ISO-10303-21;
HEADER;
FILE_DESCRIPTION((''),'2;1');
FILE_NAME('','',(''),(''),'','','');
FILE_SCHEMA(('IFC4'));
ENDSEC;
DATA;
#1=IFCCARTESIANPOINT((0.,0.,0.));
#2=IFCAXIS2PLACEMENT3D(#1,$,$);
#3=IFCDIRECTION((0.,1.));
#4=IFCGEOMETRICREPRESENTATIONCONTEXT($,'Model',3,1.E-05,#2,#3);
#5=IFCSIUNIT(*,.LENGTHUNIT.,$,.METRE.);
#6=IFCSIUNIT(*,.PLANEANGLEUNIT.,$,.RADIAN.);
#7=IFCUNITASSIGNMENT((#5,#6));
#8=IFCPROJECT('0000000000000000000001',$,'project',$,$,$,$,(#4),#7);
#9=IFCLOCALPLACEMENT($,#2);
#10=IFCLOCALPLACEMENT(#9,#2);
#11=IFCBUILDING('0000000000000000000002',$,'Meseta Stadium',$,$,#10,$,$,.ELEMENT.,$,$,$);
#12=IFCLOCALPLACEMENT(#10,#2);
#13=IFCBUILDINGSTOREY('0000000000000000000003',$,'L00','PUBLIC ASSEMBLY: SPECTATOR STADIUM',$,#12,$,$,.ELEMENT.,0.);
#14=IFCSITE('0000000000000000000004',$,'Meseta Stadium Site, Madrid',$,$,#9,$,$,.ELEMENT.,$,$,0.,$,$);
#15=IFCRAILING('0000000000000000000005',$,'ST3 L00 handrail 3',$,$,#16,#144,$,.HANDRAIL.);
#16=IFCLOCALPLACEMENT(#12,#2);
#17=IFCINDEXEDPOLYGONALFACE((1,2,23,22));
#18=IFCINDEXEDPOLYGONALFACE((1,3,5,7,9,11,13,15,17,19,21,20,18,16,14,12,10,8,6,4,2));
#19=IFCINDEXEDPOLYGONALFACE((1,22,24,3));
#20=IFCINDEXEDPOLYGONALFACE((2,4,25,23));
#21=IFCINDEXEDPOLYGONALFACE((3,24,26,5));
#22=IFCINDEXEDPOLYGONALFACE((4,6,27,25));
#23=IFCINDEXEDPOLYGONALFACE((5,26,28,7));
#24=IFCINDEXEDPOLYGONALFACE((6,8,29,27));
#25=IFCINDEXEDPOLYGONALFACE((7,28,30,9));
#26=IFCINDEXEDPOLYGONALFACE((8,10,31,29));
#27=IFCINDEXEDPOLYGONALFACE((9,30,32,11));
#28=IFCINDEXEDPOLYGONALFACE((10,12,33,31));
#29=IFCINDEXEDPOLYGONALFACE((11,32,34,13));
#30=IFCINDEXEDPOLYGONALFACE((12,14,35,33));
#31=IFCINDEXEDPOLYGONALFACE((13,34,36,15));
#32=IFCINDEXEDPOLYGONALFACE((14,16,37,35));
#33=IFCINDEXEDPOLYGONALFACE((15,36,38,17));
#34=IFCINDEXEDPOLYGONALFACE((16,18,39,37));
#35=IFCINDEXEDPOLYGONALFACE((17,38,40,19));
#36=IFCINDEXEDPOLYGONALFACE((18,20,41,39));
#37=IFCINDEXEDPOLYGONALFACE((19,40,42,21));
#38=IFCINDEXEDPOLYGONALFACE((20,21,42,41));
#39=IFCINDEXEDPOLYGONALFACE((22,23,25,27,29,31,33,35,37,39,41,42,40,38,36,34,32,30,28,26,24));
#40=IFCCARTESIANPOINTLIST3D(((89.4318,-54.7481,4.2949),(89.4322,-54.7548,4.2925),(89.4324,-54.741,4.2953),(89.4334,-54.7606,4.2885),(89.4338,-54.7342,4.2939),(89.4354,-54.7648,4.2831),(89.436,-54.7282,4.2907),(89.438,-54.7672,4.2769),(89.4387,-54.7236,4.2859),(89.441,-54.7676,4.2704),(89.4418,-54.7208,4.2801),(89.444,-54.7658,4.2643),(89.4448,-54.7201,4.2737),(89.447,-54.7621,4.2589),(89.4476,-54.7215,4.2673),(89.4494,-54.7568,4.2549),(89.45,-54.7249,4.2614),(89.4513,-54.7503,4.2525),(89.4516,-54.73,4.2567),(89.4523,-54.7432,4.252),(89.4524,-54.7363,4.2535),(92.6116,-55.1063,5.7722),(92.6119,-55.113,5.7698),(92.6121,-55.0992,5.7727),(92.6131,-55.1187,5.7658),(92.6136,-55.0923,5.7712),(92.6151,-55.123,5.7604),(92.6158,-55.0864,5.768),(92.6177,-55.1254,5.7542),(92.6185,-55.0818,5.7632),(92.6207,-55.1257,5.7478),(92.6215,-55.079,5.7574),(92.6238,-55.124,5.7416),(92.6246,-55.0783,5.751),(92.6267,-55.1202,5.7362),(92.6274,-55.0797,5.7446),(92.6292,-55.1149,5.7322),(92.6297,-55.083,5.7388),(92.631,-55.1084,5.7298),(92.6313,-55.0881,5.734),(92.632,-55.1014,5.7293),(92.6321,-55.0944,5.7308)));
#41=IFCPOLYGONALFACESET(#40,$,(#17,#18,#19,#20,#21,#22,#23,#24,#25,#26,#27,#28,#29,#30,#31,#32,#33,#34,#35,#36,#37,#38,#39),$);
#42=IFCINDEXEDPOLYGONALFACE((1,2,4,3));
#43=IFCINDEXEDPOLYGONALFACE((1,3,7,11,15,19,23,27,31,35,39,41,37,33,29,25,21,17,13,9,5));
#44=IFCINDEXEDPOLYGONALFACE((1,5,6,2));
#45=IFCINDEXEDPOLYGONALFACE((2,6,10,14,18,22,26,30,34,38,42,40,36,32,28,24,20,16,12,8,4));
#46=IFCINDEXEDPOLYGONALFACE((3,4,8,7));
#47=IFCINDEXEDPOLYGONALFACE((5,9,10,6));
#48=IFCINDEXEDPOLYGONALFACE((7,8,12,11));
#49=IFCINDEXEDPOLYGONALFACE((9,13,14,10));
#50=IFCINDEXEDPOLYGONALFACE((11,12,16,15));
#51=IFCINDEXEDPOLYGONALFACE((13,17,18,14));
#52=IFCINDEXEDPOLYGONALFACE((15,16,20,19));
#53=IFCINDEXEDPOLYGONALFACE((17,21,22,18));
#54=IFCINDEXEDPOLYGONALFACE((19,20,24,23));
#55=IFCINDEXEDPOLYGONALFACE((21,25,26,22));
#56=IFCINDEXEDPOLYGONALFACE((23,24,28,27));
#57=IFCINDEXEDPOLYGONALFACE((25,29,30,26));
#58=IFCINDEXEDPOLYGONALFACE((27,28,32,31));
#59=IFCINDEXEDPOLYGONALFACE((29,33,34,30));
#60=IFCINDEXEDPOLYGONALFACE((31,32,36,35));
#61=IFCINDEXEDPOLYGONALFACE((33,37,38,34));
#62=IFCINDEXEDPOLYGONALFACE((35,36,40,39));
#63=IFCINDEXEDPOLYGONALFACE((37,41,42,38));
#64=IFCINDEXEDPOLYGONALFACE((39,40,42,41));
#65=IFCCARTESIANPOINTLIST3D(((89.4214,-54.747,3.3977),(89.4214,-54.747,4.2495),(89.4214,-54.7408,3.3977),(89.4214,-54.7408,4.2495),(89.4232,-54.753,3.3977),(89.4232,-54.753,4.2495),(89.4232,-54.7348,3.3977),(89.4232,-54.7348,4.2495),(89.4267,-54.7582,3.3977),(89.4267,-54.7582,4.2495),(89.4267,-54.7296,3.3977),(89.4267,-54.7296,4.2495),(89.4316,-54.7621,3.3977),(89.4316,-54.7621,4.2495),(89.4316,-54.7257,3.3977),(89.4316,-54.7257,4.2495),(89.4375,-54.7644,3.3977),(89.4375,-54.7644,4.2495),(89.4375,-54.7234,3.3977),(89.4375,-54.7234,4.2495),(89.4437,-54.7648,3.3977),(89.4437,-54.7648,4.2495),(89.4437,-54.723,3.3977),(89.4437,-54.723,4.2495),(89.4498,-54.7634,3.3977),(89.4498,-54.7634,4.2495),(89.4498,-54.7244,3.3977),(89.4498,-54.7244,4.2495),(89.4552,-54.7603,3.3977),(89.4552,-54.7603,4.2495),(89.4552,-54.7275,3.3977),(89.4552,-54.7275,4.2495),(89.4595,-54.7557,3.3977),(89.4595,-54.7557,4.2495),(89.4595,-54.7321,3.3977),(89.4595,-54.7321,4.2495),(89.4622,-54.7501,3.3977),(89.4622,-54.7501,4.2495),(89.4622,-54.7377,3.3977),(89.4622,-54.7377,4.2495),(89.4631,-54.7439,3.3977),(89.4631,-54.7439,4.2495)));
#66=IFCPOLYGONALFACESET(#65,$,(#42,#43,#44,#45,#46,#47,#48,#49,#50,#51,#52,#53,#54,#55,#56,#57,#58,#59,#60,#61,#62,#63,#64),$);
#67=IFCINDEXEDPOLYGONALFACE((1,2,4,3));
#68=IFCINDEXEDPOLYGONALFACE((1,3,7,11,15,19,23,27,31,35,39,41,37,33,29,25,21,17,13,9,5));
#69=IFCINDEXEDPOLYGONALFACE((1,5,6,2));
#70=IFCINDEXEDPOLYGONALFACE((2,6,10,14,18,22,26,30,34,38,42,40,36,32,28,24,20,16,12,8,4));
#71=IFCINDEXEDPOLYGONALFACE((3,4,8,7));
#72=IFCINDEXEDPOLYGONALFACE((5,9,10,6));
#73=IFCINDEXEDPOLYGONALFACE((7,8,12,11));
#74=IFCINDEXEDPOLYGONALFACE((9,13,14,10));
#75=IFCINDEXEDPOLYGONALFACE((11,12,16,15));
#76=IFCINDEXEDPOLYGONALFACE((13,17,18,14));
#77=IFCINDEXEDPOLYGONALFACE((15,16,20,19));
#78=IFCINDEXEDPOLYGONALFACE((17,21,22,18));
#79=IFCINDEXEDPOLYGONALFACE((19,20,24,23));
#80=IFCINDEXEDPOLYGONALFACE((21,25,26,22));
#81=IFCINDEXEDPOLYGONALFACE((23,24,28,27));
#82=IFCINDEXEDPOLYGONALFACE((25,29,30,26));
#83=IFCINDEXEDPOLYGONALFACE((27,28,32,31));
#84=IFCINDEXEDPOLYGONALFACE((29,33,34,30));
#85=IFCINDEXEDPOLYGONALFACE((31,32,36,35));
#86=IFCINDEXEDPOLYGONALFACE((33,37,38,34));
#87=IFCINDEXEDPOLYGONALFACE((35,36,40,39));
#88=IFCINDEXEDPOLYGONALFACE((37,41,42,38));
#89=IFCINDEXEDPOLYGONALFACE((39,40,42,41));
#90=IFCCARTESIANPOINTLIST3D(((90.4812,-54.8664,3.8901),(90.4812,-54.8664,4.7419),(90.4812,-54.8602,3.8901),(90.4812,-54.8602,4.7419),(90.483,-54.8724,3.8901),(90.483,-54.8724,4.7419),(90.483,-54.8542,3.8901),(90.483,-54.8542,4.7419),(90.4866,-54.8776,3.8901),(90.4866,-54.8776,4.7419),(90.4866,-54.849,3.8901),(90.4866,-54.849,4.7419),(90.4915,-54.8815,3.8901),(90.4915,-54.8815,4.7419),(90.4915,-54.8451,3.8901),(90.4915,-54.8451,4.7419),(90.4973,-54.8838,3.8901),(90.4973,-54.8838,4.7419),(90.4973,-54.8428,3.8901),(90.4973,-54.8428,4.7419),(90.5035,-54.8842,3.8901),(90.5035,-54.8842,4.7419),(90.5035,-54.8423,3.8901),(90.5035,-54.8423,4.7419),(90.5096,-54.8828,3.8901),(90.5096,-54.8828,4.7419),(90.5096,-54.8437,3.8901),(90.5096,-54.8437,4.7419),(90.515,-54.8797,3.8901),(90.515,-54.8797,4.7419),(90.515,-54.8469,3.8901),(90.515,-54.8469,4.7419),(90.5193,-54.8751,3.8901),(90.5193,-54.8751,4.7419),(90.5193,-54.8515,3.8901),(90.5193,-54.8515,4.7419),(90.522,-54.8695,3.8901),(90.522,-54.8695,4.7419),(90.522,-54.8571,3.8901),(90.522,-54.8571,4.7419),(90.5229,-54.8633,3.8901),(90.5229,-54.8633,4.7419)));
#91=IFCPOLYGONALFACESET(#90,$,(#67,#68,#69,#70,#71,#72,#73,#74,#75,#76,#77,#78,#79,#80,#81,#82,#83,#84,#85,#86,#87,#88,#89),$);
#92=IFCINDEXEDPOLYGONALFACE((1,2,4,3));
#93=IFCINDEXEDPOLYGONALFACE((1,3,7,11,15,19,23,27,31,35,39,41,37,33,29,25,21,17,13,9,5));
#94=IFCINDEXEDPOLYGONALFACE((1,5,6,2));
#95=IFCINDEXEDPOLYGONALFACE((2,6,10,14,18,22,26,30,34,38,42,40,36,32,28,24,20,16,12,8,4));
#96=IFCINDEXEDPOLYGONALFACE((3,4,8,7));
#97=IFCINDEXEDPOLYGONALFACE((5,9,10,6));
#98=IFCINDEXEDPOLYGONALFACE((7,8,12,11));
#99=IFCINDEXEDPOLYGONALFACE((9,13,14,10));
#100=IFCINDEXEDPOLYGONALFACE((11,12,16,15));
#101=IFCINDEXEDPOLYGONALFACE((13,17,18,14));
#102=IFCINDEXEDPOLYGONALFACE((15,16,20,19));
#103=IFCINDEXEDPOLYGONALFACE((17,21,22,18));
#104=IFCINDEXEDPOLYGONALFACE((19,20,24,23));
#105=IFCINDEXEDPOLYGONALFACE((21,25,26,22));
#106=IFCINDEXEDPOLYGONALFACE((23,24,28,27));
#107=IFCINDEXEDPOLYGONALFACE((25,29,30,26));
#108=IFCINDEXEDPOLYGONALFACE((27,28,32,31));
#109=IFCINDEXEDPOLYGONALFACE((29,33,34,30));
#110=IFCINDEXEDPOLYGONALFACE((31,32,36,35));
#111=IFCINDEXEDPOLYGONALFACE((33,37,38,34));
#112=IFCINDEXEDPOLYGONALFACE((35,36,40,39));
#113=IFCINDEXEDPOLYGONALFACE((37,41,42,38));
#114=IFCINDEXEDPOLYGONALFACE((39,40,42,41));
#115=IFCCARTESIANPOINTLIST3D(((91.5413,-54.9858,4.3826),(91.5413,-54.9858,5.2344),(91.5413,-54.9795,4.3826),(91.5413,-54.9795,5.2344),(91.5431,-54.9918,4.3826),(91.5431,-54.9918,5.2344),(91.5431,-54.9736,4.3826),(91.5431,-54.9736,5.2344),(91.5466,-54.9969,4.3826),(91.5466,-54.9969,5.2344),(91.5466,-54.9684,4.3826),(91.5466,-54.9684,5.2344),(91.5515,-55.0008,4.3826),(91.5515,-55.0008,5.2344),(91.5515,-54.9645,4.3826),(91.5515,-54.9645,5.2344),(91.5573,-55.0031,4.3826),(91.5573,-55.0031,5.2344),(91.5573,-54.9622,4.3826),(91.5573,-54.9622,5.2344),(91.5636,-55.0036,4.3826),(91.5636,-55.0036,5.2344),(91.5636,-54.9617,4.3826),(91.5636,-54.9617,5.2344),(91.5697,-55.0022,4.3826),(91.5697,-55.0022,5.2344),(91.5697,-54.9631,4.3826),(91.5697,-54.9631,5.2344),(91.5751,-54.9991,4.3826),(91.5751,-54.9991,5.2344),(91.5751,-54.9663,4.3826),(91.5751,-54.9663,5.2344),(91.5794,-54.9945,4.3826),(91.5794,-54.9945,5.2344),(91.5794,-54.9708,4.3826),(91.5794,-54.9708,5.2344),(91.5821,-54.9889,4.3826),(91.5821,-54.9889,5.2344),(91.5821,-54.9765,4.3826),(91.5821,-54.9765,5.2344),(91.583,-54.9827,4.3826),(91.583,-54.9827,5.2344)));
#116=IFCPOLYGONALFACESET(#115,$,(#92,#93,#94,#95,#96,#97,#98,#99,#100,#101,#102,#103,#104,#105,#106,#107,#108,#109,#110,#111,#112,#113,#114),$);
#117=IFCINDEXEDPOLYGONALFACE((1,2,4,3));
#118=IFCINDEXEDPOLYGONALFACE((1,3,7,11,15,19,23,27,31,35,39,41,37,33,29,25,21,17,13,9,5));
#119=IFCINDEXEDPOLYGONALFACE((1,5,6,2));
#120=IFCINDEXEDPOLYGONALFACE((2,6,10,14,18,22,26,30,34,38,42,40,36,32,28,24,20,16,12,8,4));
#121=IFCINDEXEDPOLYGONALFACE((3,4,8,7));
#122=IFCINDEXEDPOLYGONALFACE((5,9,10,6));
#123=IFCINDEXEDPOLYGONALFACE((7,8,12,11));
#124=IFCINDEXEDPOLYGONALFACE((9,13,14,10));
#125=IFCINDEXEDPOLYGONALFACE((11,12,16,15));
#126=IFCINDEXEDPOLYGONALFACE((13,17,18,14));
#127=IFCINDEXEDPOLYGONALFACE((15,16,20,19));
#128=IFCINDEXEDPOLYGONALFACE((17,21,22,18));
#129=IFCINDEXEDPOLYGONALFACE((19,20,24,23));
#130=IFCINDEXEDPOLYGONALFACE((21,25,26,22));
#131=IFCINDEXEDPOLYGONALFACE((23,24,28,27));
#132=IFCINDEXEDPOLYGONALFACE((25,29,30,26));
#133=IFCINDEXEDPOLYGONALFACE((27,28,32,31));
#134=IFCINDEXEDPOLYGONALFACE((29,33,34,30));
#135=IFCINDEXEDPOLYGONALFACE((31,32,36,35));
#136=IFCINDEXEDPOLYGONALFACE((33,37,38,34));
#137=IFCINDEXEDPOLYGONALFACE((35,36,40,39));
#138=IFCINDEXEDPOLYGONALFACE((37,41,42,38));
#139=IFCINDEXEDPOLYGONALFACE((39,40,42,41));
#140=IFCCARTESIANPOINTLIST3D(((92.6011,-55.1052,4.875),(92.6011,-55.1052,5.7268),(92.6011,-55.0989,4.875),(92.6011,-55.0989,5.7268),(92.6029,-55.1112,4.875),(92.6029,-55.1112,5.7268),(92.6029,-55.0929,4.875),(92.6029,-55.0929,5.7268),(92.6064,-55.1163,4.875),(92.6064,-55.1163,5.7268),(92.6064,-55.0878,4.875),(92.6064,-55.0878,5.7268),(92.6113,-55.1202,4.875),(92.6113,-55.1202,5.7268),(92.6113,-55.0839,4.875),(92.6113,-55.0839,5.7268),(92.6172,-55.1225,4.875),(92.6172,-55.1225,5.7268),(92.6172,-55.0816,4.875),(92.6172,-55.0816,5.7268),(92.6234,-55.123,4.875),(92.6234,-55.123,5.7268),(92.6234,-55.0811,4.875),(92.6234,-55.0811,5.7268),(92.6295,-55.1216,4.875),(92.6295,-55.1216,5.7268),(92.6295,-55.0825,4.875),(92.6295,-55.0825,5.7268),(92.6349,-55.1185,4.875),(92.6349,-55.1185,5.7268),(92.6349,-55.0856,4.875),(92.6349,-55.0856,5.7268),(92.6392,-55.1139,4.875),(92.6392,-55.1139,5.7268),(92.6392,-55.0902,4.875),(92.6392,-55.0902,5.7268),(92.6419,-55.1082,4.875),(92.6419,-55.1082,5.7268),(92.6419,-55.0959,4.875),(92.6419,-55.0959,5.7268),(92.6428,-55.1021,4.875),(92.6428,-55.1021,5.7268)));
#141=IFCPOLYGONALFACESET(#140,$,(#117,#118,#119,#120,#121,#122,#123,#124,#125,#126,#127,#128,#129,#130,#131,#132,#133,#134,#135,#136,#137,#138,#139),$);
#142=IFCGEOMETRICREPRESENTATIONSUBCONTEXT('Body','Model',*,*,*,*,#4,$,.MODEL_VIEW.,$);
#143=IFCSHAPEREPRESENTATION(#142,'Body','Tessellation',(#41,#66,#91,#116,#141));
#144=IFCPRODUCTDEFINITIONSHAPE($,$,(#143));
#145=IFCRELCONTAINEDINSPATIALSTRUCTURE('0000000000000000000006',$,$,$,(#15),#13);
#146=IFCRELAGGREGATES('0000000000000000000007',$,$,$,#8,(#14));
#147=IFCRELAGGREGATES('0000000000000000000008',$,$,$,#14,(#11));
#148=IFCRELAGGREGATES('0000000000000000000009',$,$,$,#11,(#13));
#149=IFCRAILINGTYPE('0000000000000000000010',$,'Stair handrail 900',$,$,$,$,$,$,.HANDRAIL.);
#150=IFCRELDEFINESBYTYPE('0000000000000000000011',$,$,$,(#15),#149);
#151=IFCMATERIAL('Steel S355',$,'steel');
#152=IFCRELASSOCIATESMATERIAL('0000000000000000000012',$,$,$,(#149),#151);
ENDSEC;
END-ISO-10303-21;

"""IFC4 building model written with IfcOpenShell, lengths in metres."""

from ifc_helpers import new_model, si_unit, direction, frame, origin, origin_2d, place, context, subcontext, project, spatial, circle, extrude, material, type_object, element, save


model = new_model("IFC4")

# Units and contexts
model_context = context("Model", 3, precision=1e-05, world=origin(), true_north=direction((0.0, 1.0)))
body_context = subcontext(model_context, "Body", "Model", "MODEL_VIEW")
ifc_project = project(units=[si_unit("LENGTHUNIT", "METRE"), si_unit("PLANEANGLEUNIT", "RADIAN")], contexts=[model_context])

# Site, building, storey
site_placement = place(None, origin())
site = spatial("IfcSite", under=ifc_project, at=site_placement, Name="Meseta Stadium Site, Madrid", CompositionType="ELEMENT", RefElevation=0.0)
building_placement = place(site_placement, origin())
building = spatial("IfcBuilding", under=site, at=building_placement, Name="Meseta Stadium", CompositionType="ELEMENT")
storey_placement = place(building_placement, origin())
storey = spatial("IfcBuildingStorey", under=building, at=storey_placement, Name="L00", Description="PUBLIC ASSEMBLY: SPECTATOR STADIUM", CompositionType="ELEMENT", Elevation=0.0)

# Railing
ifc_material_1 = material(Name="Steel S355", Category="steel")
railing_type_1 = type_object("IfcRailingType", Name="Stair handrail 900", PredefinedType="HANDRAIL", material=ifc_material_1)
for number, where, name in (
    (1, (89.4421, -54.7439, 3.3977), "ST3 L00 handrail 3"),
):
    element("IfcRailing", number, at=place(storey_placement, frame(where)), inside=storey, type_object=railing_type_1, Name=name, PredefinedType="HANDRAIL", context=body_context, shape_type="SweptSolid", body=[
        extrude(circle(Radius=0.0239, at=origin_2d()), frame((0.0, 0.0, 0.876), z_axis=(0.902204, -0.101623, 0.419167), x_axis=(0.11193, 0.993716, 0.0)), (0.0, 0.0, 1.0), 3.5244),
        extrude(circle(Radius=0.021, at=origin_2d()), origin(), (0.0, 0.0, 1.0), 0.8518),
        extrude(circle(Radius=0.021, at=origin_2d()), frame((1.0598, -0.1194, 0.4924)), (0.0, 0.0, 1.0), 0.8518),
        extrude(circle(Radius=0.021, at=origin_2d()), frame((2.1199, -0.2388, 0.9849)), (0.0, 0.0, 1.0), 0.8518),
        extrude(circle(Radius=0.021, at=origin_2d()), frame((3.1797, -0.3582, 1.4773)), (0.0, 0.0, 1.0), 0.8518),
    ])

save(model, "model.ifc")
